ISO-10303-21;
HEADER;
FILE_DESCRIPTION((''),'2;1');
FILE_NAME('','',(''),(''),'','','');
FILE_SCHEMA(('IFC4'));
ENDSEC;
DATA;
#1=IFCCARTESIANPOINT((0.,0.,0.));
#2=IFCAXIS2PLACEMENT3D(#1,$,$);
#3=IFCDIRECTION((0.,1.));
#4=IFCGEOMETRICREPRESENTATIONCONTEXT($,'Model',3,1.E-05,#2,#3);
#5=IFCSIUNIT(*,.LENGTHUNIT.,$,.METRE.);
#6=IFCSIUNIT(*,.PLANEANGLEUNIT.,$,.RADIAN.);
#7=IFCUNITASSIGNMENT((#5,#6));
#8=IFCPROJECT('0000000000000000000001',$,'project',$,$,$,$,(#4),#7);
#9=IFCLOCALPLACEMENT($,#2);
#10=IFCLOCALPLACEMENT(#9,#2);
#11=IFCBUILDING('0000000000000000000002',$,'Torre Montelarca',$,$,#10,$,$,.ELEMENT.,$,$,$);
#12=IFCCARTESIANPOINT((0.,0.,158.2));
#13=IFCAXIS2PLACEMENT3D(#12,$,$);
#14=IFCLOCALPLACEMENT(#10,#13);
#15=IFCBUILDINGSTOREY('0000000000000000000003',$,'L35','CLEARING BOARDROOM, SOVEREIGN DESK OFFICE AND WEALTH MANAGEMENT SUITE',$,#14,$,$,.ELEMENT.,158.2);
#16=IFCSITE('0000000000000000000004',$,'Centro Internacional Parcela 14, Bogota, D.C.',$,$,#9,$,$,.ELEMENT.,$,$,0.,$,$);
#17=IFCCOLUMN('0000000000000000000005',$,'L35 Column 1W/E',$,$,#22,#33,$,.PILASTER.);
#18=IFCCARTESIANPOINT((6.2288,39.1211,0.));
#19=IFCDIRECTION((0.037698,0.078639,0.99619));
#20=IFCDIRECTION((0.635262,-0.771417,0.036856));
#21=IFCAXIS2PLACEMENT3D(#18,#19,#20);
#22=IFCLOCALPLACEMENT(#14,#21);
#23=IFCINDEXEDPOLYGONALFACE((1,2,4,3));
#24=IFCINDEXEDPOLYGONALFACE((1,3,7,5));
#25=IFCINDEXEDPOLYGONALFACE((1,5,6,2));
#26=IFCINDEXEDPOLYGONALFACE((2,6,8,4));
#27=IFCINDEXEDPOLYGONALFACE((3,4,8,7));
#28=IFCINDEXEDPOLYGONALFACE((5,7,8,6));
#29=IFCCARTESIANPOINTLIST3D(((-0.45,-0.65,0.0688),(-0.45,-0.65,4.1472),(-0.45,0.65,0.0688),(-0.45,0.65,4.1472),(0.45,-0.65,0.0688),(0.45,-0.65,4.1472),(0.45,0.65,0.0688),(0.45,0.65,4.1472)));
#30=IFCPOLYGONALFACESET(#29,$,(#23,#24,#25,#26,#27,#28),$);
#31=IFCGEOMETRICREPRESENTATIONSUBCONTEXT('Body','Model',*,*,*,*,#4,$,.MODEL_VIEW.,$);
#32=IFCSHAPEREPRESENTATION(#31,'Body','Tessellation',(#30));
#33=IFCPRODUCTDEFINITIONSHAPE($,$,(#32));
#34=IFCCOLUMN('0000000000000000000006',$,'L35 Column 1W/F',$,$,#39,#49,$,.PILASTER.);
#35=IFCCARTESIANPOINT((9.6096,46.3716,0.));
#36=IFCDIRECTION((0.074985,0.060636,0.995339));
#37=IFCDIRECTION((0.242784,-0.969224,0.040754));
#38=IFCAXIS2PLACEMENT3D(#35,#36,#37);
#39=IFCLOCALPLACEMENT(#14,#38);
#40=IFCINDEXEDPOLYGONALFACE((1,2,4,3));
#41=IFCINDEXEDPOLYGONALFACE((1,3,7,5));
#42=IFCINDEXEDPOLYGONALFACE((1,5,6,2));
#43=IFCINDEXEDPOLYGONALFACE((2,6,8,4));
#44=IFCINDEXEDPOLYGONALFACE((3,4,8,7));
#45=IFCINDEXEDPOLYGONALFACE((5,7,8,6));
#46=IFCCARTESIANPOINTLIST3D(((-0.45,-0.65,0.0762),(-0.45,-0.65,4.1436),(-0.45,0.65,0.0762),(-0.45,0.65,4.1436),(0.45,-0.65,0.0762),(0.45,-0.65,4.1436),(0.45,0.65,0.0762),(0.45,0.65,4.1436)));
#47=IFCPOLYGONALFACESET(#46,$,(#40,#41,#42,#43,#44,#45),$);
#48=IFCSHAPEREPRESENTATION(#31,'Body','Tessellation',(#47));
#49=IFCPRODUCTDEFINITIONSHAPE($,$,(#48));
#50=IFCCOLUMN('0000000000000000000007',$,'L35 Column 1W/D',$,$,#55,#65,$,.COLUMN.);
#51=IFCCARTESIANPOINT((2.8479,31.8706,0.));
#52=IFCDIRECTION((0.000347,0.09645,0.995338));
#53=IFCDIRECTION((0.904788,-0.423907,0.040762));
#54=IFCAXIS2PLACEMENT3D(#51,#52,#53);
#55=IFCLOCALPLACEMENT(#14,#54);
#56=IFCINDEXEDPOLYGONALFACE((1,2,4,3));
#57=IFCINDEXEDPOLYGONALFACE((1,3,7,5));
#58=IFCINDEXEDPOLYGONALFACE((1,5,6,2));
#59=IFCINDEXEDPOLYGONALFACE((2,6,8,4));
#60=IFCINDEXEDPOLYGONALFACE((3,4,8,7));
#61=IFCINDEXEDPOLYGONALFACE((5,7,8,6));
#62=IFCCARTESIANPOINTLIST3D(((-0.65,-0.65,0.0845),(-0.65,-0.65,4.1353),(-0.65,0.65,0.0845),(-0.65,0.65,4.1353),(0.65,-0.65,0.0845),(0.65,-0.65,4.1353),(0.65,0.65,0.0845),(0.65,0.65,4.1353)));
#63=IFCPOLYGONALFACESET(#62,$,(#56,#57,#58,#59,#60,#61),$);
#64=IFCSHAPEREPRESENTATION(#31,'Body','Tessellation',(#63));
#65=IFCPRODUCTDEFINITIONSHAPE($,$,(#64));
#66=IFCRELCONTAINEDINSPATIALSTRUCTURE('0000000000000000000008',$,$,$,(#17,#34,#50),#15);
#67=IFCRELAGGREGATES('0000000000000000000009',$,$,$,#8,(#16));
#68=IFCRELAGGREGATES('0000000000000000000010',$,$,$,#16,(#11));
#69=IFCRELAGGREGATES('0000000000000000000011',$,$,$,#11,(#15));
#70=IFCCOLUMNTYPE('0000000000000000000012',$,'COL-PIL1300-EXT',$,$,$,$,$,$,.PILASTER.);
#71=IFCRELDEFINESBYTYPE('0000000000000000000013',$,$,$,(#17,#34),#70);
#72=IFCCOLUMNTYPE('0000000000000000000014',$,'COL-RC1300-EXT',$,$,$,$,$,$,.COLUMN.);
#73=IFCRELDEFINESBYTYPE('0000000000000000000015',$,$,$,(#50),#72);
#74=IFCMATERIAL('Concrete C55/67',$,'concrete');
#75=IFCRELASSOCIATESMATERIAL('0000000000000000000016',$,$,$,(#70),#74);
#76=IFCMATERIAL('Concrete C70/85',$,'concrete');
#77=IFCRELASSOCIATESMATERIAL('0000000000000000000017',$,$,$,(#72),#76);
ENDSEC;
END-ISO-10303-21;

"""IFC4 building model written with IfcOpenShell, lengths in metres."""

from ifc_helpers import new_model, si_unit, direction, frame, origin, origin_2d, place, context, subcontext, project, spatial, rectangle, extrude, clip, halfspace, material, material_profile, profile_set, type_object, element, save


model = new_model("IFC4")

# Units and contexts
model_context = context("Model", 3, precision=1e-05, world=origin(), true_north=direction((0.0, 1.0)))
body_context = subcontext(model_context, "Body", "Model", "MODEL_VIEW")
ifc_project = project(units=[si_unit("LENGTHUNIT", "METRE"), si_unit("PLANEANGLEUNIT", "RADIAN")], contexts=[model_context])

# Site, building, storey
site_placement = place(None, origin())
site = spatial("IfcSite", under=ifc_project, at=site_placement, Name="Centro Internacional Parcela 14, Bogota, D.C.", CompositionType="ELEMENT", RefElevation=0.0)
building_placement = place(site_placement, origin())
building = spatial("IfcBuilding", under=site, at=building_placement, Name="Torre Montelarca", CompositionType="ELEMENT")
storey_placement = place(building_placement, frame((0.0, 0.0, 158.2)))
storey = spatial("IfcBuildingStorey", under=building, at=storey_placement, Name="L35", Description="CLEARING BOARDROOM, SOVEREIGN DESK OFFICE AND WEALTH MANAGEMENT SUITE", CompositionType="ELEMENT", Elevation=158.2)

# Columns
ifc_material_1 = material(Name="Concrete C55/67", Category="concrete")
ifc_material_profile_1 = material_profile(ifc_material_1, rectangle(XDim=0.8999, YDim=1.3, at=origin_2d()), Name="RC1300X900", Category="concrete")
ifc_profile_set_1 = profile_set([ifc_material_profile_1], Name="Concrete C55/67")
column_type_1 = type_object("IfcColumnType", Name="COL-PIL1300-EXT", PredefinedType="PILASTER", material=ifc_profile_set_1)
column_1_placement = place(storey_placement, frame((6.2288, 39.1211, 0.0), z_axis=(0.037698, 0.078639, 0.99619), x_axis=(0.635262, -0.771417, 0.036856)))
element("IfcColumn", 1, at=column_1_placement, inside=storey, type_object=column_type_1, Name="L35 Column 1W/E", PredefinedType="PILASTER", context=body_context, shape_type="Clipping", body=[
    clip(clip(extrude(rectangle(XDim=0.8999, YDim=1.3, at=origin_2d()), origin(), (0.0, 0.0, 1.0), 4.2161), halfspace(frame((0.0, 0.0, 0.0688), z_axis=(0.0, 0.0, -1.0), x_axis=(1.0, 0.0, 0.0)), False)), halfspace(frame((0.0, 0.0, 4.1472), z_axis=(0.0, 0.0, 1.0), x_axis=(1.0, 0.0, 0.0)), False)),
])
column_2_placement = place(storey_placement, frame((9.6096, 46.3716, 0.0), z_axis=(0.074985, 0.060636, 0.995339), x_axis=(0.242784, -0.969224, 0.040754)))
element("IfcColumn", 2, at=column_2_placement, inside=storey, type_object=column_type_1, Name="L35 Column 1W/F", PredefinedType="PILASTER", context=body_context, shape_type="Clipping", body=[
    clip(clip(extrude(rectangle(XDim=0.8999, YDim=1.3, at=origin_2d()), origin(), (0.0, 0.0, 1.0), 4.2197), halfspace(frame((0.0, 0.0, 0.0762), z_axis=(0.0, 0.0, -1.0), x_axis=(1.0, 0.0, 0.0)), False)), halfspace(frame((0.0, 0.0, 4.1436), z_axis=(0.0, 0.0, 1.0), x_axis=(1.0, 0.0, 0.0)), False)),
])
ifc_material_2 = material(Name="Concrete C70/85", Category="concrete")
ifc_material_profile_2 = material_profile(ifc_material_2, rectangle(XDim=1.3, YDim=1.3, at=origin_2d()), Name="RC1300X1300", Category="concrete")
ifc_profile_set_2 = profile_set([ifc_material_profile_2], Name="Concrete C70/85")
column_type_2 = type_object("IfcColumnType", Name="COL-RC1300-EXT", PredefinedType="COLUMN", material=ifc_profile_set_2)
column_3_placement = place(storey_placement, frame((2.8479, 31.8706, 0.0), z_axis=(0.000347, 0.09645, 0.995338), x_axis=(0.904788, -0.423907, 0.040762)))
element("IfcColumn", 3, at=column_3_placement, inside=storey, type_object=column_type_2, Name="L35 Column 1W/D", PredefinedType="COLUMN", context=body_context, shape_type="Clipping", body=[
    clip(clip(extrude(rectangle(XDim=1.3, YDim=1.3, at=origin_2d()), origin(), (0.0, 0.0, 1.0), 4.2197), halfspace(frame((0.0, 0.0, 0.0845), z_axis=(0.0, 0.0, -1.0), x_axis=(1.0, 0.0, 0.0)), False)), halfspace(frame((0.0, 0.0, 4.1353), z_axis=(0.0, 0.0, 1.0), x_axis=(1.0, 0.0, 0.0)), False)),
])

save(model, "model.ifc")
